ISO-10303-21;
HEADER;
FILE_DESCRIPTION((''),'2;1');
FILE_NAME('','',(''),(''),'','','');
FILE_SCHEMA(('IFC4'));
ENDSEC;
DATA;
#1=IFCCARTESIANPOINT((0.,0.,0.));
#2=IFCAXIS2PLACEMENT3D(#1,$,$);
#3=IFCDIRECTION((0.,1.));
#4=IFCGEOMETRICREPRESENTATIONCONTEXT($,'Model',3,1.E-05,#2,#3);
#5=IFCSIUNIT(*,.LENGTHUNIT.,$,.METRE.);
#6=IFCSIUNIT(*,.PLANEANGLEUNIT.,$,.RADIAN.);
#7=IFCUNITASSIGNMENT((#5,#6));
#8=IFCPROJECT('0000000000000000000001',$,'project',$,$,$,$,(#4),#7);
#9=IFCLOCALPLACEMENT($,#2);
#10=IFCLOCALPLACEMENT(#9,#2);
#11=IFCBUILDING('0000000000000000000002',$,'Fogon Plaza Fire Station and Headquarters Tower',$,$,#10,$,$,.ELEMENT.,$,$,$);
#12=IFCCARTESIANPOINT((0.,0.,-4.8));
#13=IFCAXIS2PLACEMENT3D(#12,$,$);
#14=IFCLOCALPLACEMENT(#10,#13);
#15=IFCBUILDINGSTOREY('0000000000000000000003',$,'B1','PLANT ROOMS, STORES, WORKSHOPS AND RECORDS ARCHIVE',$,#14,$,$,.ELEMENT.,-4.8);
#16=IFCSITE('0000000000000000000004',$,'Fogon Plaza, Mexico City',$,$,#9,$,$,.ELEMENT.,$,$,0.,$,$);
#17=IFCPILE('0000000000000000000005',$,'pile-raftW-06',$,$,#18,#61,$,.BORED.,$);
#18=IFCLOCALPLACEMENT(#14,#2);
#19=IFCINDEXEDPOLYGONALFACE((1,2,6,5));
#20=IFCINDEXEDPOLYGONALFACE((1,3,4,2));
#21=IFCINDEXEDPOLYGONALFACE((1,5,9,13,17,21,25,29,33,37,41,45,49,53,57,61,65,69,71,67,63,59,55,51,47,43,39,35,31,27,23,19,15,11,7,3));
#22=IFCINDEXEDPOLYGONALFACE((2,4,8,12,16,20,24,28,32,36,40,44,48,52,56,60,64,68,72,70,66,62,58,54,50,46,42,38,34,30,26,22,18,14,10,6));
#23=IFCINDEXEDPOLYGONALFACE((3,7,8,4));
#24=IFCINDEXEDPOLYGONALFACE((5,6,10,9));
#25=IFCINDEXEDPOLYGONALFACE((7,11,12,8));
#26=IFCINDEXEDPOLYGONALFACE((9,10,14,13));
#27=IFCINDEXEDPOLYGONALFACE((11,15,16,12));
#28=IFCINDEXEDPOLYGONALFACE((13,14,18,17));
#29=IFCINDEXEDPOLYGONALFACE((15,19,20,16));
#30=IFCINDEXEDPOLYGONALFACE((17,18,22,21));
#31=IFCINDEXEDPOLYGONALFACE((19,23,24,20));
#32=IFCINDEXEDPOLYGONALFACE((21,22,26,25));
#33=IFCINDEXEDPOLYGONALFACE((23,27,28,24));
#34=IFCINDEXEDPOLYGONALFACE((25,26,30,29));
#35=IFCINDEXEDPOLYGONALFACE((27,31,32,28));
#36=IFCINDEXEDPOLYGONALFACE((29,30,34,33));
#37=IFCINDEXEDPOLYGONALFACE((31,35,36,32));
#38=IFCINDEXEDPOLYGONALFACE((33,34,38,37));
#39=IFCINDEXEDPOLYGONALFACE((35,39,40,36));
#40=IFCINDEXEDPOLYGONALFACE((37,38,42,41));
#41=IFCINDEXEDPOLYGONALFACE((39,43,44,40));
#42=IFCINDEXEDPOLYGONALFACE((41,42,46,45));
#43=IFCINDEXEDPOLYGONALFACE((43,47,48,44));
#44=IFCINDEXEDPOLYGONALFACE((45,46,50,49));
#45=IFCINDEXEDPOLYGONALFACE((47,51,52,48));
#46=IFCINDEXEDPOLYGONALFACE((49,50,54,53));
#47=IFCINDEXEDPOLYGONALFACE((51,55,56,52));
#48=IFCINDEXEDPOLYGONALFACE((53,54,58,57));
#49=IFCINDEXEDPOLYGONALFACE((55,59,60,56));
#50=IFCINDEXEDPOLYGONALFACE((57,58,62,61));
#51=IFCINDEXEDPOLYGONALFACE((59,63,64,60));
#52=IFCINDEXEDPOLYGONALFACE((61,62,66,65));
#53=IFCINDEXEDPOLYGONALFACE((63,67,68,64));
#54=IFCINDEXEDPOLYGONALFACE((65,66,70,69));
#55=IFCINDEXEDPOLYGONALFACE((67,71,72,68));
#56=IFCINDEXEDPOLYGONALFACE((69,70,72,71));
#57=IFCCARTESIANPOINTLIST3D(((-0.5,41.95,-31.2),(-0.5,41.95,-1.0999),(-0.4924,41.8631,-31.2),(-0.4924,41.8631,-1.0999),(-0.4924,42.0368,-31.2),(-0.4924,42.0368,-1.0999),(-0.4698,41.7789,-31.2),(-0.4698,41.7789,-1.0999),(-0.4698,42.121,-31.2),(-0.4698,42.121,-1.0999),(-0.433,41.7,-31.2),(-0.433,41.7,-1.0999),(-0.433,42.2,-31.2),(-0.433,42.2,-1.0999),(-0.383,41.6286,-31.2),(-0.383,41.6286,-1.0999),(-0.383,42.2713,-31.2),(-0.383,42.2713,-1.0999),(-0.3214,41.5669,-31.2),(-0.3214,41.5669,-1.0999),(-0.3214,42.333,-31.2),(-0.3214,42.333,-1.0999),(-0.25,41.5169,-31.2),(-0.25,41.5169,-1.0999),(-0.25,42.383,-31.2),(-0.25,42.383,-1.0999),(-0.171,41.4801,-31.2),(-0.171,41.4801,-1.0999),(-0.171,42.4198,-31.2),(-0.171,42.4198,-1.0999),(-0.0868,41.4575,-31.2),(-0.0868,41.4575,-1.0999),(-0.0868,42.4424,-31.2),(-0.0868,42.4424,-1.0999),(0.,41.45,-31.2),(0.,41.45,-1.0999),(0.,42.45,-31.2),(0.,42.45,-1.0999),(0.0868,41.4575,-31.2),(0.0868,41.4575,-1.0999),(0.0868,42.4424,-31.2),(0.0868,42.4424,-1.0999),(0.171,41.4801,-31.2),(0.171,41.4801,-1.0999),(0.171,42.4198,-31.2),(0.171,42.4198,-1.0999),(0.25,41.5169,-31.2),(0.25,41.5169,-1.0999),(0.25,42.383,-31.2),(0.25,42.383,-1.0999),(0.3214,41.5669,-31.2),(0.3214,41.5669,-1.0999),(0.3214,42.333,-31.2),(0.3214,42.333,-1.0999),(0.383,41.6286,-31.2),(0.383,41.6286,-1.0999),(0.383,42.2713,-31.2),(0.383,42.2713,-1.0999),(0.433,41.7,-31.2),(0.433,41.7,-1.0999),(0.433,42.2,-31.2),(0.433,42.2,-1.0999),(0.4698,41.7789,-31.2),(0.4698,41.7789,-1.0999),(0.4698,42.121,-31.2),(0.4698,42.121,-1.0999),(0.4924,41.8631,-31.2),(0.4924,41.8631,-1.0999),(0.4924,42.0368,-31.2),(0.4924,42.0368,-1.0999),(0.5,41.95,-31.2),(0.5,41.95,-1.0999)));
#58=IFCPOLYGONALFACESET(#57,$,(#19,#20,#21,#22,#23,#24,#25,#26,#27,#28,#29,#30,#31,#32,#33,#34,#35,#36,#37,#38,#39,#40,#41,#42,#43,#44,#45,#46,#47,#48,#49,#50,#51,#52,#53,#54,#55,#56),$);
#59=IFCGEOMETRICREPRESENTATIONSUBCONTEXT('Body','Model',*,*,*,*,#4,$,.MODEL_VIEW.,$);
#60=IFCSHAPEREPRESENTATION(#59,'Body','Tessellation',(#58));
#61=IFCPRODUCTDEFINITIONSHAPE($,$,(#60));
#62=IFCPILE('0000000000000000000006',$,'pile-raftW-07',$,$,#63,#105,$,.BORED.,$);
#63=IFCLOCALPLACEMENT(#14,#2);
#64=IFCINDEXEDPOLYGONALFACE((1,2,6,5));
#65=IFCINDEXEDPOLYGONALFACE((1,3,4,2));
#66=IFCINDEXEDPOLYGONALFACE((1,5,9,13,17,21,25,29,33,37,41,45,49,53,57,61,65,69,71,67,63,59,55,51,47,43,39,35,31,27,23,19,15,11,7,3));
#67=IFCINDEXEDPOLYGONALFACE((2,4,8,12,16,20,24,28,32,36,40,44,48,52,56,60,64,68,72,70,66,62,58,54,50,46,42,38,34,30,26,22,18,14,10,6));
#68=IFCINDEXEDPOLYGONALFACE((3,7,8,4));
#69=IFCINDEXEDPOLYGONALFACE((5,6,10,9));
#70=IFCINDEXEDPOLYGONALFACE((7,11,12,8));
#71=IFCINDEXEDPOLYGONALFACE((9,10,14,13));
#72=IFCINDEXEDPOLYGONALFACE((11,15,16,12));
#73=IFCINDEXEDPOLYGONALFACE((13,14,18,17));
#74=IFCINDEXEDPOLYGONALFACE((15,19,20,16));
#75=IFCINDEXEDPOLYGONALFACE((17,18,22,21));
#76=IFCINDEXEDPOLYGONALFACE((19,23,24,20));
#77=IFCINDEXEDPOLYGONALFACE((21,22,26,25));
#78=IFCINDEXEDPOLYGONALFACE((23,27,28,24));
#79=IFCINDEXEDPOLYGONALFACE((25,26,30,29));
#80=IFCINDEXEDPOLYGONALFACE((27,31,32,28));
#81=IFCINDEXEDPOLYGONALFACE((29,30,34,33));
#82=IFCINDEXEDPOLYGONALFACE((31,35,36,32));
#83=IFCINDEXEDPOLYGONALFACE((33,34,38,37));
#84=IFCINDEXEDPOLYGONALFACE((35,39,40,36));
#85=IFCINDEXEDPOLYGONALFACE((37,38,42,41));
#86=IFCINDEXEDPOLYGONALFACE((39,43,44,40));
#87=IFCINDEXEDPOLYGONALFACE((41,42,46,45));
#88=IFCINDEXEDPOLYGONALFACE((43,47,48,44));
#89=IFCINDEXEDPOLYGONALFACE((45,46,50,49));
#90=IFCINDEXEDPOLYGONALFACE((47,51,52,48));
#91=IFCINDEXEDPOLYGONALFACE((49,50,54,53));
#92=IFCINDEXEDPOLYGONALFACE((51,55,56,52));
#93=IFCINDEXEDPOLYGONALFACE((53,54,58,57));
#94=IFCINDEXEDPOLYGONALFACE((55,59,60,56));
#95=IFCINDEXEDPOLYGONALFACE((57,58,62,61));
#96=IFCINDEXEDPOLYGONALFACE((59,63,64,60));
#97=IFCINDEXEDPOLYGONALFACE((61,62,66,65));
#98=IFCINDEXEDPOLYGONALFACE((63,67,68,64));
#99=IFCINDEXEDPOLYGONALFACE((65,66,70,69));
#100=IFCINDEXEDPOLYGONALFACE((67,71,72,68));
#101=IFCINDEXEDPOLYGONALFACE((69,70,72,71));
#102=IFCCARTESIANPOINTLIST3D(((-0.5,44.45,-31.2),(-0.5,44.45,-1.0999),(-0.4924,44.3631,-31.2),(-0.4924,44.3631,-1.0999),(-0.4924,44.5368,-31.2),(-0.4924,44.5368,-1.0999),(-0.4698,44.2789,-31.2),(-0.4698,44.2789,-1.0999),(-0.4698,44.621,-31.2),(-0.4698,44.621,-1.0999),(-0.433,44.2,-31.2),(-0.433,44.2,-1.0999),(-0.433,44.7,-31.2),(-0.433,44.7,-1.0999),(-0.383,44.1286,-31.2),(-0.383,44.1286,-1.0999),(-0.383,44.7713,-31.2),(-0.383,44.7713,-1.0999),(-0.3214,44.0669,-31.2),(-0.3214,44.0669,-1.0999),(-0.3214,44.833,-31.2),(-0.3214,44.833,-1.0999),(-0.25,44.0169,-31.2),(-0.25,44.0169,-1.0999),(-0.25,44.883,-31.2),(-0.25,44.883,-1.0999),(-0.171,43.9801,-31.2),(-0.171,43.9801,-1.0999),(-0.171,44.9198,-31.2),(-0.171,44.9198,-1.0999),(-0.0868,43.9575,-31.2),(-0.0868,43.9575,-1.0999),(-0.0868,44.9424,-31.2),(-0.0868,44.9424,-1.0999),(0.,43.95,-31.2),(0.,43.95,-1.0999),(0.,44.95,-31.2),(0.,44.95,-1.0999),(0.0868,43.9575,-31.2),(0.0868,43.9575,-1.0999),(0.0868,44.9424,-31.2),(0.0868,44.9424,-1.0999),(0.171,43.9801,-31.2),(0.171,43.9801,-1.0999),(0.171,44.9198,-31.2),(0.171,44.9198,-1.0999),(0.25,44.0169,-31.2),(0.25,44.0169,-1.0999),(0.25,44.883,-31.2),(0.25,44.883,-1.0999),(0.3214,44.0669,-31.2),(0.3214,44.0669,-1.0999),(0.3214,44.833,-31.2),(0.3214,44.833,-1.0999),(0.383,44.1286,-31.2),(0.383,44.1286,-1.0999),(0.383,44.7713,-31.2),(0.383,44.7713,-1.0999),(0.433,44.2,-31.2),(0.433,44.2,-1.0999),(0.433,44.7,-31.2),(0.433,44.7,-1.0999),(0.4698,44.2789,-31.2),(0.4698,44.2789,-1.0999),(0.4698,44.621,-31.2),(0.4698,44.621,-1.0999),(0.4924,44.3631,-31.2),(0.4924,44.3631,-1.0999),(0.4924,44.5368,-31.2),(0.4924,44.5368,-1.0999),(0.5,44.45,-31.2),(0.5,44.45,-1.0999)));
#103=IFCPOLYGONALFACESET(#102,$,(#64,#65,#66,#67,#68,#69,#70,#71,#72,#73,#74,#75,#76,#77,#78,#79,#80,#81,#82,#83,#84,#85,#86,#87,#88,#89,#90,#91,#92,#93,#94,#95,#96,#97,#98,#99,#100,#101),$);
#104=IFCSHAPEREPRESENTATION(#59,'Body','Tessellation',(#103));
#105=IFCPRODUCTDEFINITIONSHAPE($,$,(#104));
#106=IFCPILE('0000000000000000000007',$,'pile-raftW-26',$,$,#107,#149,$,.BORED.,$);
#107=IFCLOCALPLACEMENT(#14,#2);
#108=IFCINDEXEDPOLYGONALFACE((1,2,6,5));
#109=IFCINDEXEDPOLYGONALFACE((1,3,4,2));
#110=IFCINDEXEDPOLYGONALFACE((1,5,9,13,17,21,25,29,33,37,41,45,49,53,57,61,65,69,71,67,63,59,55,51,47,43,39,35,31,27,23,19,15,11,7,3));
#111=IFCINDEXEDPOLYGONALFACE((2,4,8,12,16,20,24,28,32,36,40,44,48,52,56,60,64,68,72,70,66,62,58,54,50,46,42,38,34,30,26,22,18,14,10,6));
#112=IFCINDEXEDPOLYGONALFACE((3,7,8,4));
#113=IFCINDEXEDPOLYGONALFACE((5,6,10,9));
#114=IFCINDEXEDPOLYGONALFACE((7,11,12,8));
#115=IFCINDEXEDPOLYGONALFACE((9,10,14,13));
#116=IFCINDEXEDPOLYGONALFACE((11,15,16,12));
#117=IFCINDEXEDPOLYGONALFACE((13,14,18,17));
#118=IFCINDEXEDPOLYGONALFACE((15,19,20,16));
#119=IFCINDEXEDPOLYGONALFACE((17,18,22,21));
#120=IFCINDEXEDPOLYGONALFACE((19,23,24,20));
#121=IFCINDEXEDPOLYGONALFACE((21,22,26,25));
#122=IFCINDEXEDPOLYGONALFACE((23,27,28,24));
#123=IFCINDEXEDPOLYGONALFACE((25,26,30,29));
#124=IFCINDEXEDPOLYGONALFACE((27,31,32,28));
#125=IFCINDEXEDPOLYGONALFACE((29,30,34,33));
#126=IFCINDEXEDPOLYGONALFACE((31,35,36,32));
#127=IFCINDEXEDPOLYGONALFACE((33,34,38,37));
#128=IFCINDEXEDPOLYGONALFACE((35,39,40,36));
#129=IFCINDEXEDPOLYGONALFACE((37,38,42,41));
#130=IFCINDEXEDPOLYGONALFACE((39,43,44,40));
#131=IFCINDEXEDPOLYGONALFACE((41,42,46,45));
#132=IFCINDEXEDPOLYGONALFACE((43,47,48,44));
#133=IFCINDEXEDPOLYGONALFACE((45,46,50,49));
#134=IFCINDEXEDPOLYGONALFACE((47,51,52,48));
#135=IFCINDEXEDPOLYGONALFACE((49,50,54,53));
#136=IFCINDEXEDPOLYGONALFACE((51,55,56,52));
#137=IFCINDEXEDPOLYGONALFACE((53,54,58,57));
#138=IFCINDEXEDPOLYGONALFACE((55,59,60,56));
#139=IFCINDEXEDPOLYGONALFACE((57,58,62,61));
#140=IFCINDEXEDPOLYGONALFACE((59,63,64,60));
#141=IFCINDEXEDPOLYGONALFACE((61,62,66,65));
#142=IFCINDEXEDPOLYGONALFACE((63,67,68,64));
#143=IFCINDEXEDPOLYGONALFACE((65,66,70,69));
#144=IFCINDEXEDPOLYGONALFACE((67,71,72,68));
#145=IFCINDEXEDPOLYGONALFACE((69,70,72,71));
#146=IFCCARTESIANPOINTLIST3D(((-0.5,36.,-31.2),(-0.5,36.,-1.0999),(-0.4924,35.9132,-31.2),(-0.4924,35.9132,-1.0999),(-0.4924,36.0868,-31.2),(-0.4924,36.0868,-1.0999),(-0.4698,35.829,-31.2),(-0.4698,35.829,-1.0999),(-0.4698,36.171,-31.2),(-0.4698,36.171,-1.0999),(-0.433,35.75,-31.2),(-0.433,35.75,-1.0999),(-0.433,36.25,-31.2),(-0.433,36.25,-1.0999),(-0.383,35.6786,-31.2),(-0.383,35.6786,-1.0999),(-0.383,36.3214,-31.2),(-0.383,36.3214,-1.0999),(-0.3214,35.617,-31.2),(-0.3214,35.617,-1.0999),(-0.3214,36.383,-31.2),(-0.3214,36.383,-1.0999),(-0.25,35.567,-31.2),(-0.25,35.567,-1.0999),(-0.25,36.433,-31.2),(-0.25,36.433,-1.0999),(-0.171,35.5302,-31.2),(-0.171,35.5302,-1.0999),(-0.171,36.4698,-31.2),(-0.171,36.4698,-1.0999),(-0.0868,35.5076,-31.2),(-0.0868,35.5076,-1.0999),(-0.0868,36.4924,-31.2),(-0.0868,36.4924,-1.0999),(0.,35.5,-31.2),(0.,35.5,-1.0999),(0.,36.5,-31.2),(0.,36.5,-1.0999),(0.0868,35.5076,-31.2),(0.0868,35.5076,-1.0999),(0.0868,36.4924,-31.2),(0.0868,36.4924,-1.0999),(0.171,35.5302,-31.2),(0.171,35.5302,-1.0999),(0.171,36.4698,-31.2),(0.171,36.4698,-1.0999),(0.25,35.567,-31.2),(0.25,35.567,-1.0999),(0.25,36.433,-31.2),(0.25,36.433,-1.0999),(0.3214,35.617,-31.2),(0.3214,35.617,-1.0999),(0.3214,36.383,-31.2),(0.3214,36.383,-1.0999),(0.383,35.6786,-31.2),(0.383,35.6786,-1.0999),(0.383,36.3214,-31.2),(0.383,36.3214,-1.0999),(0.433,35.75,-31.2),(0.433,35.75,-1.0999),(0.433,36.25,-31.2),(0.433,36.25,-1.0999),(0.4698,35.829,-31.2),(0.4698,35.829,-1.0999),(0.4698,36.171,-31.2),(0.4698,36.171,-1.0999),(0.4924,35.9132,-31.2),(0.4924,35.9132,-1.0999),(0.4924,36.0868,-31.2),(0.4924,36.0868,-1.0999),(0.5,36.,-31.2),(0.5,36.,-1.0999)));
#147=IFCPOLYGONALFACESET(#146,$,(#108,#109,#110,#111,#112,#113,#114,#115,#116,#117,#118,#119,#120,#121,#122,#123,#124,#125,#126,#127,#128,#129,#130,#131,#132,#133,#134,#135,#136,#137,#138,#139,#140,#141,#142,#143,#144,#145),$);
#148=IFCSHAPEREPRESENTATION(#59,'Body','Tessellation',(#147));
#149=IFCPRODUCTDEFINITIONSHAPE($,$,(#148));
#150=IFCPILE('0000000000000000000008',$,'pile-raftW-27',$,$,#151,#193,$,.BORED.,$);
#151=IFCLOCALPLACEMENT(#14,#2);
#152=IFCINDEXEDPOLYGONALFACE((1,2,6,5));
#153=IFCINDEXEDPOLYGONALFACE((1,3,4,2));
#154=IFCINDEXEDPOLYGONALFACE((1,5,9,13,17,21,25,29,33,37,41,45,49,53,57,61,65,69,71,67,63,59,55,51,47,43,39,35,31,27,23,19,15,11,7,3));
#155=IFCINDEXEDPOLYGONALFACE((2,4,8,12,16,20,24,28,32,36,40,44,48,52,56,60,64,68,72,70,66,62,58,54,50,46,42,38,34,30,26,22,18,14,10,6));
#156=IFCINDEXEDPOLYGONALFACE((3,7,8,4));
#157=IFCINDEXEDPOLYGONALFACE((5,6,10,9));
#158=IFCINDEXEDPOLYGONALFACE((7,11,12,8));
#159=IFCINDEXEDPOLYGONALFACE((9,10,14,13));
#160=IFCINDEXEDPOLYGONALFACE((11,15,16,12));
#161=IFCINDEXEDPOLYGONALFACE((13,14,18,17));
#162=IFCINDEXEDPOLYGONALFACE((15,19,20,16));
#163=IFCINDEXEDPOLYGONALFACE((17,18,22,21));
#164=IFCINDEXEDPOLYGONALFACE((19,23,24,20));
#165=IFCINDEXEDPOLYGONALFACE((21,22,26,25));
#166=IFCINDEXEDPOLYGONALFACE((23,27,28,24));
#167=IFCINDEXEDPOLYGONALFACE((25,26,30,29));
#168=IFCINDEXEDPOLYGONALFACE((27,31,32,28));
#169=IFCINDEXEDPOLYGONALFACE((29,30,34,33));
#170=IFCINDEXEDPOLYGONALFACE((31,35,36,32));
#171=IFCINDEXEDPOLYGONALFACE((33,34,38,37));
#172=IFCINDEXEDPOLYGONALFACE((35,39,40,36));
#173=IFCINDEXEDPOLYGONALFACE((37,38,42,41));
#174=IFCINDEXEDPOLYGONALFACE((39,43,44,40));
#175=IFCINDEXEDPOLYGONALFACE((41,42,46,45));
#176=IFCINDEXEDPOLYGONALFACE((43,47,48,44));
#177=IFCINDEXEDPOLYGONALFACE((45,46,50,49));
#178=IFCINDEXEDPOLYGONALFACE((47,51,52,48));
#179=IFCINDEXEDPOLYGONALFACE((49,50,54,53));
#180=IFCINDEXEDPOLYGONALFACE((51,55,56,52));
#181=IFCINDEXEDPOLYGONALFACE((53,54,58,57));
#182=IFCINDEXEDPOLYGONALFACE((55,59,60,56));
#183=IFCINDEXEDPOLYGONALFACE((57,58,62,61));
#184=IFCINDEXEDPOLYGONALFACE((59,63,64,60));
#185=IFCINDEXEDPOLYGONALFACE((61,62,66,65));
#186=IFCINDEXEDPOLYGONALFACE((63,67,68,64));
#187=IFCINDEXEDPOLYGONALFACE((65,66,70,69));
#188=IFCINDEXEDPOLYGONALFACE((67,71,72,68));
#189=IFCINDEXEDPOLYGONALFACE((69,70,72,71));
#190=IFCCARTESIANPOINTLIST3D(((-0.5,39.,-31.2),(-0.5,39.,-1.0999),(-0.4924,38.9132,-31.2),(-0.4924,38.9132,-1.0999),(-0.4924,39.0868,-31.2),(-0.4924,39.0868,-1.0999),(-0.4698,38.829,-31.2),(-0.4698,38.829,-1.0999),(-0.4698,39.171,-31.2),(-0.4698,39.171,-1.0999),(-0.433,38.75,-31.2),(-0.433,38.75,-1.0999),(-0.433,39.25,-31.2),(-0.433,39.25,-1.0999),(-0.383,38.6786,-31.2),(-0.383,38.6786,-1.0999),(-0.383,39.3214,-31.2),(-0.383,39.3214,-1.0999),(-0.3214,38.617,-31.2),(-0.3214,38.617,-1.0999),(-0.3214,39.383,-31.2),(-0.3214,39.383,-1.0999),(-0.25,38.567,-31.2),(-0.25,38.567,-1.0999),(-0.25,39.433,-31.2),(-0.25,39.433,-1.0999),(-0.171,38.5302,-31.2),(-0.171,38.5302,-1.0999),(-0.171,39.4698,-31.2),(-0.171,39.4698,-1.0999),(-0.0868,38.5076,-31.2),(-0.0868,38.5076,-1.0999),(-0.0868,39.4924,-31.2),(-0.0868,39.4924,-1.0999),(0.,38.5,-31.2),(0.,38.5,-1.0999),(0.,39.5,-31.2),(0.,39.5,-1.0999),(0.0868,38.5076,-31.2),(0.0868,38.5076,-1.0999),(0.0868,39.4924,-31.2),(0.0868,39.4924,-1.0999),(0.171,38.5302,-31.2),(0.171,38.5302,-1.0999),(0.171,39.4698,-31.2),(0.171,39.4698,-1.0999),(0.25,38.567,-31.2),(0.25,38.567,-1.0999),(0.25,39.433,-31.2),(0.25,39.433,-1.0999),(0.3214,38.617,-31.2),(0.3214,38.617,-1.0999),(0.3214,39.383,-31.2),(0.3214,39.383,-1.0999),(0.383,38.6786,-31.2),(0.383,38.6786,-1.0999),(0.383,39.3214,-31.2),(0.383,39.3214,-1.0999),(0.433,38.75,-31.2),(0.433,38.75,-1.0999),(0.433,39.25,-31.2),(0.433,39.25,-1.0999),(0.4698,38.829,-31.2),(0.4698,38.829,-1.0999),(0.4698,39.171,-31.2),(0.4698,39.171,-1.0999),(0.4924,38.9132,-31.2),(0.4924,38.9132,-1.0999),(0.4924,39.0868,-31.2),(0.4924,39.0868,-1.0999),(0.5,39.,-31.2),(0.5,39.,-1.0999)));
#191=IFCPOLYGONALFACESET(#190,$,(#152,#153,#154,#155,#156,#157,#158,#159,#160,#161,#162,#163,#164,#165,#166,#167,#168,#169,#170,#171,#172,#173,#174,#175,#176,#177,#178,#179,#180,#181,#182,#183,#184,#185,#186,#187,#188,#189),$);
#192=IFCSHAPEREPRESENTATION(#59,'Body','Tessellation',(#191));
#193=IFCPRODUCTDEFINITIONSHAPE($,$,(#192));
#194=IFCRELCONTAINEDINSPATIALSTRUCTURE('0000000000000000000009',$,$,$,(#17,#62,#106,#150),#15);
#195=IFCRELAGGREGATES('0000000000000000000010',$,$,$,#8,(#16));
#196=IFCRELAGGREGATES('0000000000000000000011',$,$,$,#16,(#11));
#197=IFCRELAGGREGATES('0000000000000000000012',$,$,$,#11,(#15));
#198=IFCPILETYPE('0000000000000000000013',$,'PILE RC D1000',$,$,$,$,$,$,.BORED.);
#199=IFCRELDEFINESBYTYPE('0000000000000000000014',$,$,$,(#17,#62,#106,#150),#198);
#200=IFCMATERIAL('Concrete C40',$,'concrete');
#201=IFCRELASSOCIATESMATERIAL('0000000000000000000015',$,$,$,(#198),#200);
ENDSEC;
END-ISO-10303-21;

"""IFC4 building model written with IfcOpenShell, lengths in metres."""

from ifc_helpers import new_model, si_unit, direction, frame, origin, origin_2d, place, context, subcontext, project, spatial, circle, extrude, material, material_profile, profile_set, type_object, element, save


model = new_model("IFC4")

# Units and contexts
model_context = context("Model", 3, precision=1e-05, world=origin(), true_north=direction((0.0, 1.0)))
body_context = subcontext(model_context, "Body", "Model", "MODEL_VIEW")
ifc_project = project(units=[si_unit("LENGTHUNIT", "METRE"), si_unit("PLANEANGLEUNIT", "RADIAN")], contexts=[model_context])

# Site, building, storey
site_placement = place(None, origin())
site = spatial("IfcSite", under=ifc_project, at=site_placement, Name="Fogon Plaza, Mexico City", CompositionType="ELEMENT", RefElevation=0.0)
building_placement = place(site_placement, origin())
building = spatial("IfcBuilding", under=site, at=building_placement, Name="Fogon Plaza Fire Station and Headquarters Tower", CompositionType="ELEMENT")
storey_placement = place(building_placement, frame((0.0, 0.0, -4.8)))
storey = spatial("IfcBuildingStorey", under=building, at=storey_placement, Name="B1", Description="PLANT ROOMS, STORES, WORKSHOPS AND RECORDS ARCHIVE", CompositionType="ELEMENT", Elevation=-4.8)

# Piles
ifc_material_1 = material(Name="Concrete C40", Category="concrete")
ifc_material_profile_1 = material_profile(ifc_material_1, circle(Radius=0.5, at=origin_2d()), Name="RC D1000")
ifc_profile_set_1 = profile_set([ifc_material_profile_1], Name="Concrete C40")
pile_type_1 = type_object("IfcPileType", Name="PILE RC D1000", PredefinedType="BORED", material=ifc_profile_set_1)
for number, where, z_axis, x_axis, name in (
    (1, (0.0, 41.95, -1.0999), (0.0, 0.0, -1.0), (1.0, 0.0, 0.0), "pile-raftW-06"),
    (2, (0.0, 44.45, -1.0999), (0.0, 0.0, -1.0), (1.0, 0.0, 0.0), "pile-raftW-07"),
    (3, (0.0, 36.0, -1.0999), (0.0, 0.0, -1.0), (1.0, 0.0, 0.0), "pile-raftW-26"),
    (4, (0.0, 39.0, -1.0999), (0.0, 0.0, -1.0), (1.0, 0.0, 0.0), "pile-raftW-27"),
):
    element("IfcPile", number, at=place(storey_placement, frame(where, z_axis=z_axis, x_axis=x_axis)), inside=storey, type_object=pile_type_1, Name=name, PredefinedType="BORED", context=body_context, shape_type="SweptSolid", body=[
        extrude(circle(Radius=0.5, at=origin_2d()), origin(), (0.0, 0.0, 1.0), 30.1001),
    ])

save(model, "model.ifc")
